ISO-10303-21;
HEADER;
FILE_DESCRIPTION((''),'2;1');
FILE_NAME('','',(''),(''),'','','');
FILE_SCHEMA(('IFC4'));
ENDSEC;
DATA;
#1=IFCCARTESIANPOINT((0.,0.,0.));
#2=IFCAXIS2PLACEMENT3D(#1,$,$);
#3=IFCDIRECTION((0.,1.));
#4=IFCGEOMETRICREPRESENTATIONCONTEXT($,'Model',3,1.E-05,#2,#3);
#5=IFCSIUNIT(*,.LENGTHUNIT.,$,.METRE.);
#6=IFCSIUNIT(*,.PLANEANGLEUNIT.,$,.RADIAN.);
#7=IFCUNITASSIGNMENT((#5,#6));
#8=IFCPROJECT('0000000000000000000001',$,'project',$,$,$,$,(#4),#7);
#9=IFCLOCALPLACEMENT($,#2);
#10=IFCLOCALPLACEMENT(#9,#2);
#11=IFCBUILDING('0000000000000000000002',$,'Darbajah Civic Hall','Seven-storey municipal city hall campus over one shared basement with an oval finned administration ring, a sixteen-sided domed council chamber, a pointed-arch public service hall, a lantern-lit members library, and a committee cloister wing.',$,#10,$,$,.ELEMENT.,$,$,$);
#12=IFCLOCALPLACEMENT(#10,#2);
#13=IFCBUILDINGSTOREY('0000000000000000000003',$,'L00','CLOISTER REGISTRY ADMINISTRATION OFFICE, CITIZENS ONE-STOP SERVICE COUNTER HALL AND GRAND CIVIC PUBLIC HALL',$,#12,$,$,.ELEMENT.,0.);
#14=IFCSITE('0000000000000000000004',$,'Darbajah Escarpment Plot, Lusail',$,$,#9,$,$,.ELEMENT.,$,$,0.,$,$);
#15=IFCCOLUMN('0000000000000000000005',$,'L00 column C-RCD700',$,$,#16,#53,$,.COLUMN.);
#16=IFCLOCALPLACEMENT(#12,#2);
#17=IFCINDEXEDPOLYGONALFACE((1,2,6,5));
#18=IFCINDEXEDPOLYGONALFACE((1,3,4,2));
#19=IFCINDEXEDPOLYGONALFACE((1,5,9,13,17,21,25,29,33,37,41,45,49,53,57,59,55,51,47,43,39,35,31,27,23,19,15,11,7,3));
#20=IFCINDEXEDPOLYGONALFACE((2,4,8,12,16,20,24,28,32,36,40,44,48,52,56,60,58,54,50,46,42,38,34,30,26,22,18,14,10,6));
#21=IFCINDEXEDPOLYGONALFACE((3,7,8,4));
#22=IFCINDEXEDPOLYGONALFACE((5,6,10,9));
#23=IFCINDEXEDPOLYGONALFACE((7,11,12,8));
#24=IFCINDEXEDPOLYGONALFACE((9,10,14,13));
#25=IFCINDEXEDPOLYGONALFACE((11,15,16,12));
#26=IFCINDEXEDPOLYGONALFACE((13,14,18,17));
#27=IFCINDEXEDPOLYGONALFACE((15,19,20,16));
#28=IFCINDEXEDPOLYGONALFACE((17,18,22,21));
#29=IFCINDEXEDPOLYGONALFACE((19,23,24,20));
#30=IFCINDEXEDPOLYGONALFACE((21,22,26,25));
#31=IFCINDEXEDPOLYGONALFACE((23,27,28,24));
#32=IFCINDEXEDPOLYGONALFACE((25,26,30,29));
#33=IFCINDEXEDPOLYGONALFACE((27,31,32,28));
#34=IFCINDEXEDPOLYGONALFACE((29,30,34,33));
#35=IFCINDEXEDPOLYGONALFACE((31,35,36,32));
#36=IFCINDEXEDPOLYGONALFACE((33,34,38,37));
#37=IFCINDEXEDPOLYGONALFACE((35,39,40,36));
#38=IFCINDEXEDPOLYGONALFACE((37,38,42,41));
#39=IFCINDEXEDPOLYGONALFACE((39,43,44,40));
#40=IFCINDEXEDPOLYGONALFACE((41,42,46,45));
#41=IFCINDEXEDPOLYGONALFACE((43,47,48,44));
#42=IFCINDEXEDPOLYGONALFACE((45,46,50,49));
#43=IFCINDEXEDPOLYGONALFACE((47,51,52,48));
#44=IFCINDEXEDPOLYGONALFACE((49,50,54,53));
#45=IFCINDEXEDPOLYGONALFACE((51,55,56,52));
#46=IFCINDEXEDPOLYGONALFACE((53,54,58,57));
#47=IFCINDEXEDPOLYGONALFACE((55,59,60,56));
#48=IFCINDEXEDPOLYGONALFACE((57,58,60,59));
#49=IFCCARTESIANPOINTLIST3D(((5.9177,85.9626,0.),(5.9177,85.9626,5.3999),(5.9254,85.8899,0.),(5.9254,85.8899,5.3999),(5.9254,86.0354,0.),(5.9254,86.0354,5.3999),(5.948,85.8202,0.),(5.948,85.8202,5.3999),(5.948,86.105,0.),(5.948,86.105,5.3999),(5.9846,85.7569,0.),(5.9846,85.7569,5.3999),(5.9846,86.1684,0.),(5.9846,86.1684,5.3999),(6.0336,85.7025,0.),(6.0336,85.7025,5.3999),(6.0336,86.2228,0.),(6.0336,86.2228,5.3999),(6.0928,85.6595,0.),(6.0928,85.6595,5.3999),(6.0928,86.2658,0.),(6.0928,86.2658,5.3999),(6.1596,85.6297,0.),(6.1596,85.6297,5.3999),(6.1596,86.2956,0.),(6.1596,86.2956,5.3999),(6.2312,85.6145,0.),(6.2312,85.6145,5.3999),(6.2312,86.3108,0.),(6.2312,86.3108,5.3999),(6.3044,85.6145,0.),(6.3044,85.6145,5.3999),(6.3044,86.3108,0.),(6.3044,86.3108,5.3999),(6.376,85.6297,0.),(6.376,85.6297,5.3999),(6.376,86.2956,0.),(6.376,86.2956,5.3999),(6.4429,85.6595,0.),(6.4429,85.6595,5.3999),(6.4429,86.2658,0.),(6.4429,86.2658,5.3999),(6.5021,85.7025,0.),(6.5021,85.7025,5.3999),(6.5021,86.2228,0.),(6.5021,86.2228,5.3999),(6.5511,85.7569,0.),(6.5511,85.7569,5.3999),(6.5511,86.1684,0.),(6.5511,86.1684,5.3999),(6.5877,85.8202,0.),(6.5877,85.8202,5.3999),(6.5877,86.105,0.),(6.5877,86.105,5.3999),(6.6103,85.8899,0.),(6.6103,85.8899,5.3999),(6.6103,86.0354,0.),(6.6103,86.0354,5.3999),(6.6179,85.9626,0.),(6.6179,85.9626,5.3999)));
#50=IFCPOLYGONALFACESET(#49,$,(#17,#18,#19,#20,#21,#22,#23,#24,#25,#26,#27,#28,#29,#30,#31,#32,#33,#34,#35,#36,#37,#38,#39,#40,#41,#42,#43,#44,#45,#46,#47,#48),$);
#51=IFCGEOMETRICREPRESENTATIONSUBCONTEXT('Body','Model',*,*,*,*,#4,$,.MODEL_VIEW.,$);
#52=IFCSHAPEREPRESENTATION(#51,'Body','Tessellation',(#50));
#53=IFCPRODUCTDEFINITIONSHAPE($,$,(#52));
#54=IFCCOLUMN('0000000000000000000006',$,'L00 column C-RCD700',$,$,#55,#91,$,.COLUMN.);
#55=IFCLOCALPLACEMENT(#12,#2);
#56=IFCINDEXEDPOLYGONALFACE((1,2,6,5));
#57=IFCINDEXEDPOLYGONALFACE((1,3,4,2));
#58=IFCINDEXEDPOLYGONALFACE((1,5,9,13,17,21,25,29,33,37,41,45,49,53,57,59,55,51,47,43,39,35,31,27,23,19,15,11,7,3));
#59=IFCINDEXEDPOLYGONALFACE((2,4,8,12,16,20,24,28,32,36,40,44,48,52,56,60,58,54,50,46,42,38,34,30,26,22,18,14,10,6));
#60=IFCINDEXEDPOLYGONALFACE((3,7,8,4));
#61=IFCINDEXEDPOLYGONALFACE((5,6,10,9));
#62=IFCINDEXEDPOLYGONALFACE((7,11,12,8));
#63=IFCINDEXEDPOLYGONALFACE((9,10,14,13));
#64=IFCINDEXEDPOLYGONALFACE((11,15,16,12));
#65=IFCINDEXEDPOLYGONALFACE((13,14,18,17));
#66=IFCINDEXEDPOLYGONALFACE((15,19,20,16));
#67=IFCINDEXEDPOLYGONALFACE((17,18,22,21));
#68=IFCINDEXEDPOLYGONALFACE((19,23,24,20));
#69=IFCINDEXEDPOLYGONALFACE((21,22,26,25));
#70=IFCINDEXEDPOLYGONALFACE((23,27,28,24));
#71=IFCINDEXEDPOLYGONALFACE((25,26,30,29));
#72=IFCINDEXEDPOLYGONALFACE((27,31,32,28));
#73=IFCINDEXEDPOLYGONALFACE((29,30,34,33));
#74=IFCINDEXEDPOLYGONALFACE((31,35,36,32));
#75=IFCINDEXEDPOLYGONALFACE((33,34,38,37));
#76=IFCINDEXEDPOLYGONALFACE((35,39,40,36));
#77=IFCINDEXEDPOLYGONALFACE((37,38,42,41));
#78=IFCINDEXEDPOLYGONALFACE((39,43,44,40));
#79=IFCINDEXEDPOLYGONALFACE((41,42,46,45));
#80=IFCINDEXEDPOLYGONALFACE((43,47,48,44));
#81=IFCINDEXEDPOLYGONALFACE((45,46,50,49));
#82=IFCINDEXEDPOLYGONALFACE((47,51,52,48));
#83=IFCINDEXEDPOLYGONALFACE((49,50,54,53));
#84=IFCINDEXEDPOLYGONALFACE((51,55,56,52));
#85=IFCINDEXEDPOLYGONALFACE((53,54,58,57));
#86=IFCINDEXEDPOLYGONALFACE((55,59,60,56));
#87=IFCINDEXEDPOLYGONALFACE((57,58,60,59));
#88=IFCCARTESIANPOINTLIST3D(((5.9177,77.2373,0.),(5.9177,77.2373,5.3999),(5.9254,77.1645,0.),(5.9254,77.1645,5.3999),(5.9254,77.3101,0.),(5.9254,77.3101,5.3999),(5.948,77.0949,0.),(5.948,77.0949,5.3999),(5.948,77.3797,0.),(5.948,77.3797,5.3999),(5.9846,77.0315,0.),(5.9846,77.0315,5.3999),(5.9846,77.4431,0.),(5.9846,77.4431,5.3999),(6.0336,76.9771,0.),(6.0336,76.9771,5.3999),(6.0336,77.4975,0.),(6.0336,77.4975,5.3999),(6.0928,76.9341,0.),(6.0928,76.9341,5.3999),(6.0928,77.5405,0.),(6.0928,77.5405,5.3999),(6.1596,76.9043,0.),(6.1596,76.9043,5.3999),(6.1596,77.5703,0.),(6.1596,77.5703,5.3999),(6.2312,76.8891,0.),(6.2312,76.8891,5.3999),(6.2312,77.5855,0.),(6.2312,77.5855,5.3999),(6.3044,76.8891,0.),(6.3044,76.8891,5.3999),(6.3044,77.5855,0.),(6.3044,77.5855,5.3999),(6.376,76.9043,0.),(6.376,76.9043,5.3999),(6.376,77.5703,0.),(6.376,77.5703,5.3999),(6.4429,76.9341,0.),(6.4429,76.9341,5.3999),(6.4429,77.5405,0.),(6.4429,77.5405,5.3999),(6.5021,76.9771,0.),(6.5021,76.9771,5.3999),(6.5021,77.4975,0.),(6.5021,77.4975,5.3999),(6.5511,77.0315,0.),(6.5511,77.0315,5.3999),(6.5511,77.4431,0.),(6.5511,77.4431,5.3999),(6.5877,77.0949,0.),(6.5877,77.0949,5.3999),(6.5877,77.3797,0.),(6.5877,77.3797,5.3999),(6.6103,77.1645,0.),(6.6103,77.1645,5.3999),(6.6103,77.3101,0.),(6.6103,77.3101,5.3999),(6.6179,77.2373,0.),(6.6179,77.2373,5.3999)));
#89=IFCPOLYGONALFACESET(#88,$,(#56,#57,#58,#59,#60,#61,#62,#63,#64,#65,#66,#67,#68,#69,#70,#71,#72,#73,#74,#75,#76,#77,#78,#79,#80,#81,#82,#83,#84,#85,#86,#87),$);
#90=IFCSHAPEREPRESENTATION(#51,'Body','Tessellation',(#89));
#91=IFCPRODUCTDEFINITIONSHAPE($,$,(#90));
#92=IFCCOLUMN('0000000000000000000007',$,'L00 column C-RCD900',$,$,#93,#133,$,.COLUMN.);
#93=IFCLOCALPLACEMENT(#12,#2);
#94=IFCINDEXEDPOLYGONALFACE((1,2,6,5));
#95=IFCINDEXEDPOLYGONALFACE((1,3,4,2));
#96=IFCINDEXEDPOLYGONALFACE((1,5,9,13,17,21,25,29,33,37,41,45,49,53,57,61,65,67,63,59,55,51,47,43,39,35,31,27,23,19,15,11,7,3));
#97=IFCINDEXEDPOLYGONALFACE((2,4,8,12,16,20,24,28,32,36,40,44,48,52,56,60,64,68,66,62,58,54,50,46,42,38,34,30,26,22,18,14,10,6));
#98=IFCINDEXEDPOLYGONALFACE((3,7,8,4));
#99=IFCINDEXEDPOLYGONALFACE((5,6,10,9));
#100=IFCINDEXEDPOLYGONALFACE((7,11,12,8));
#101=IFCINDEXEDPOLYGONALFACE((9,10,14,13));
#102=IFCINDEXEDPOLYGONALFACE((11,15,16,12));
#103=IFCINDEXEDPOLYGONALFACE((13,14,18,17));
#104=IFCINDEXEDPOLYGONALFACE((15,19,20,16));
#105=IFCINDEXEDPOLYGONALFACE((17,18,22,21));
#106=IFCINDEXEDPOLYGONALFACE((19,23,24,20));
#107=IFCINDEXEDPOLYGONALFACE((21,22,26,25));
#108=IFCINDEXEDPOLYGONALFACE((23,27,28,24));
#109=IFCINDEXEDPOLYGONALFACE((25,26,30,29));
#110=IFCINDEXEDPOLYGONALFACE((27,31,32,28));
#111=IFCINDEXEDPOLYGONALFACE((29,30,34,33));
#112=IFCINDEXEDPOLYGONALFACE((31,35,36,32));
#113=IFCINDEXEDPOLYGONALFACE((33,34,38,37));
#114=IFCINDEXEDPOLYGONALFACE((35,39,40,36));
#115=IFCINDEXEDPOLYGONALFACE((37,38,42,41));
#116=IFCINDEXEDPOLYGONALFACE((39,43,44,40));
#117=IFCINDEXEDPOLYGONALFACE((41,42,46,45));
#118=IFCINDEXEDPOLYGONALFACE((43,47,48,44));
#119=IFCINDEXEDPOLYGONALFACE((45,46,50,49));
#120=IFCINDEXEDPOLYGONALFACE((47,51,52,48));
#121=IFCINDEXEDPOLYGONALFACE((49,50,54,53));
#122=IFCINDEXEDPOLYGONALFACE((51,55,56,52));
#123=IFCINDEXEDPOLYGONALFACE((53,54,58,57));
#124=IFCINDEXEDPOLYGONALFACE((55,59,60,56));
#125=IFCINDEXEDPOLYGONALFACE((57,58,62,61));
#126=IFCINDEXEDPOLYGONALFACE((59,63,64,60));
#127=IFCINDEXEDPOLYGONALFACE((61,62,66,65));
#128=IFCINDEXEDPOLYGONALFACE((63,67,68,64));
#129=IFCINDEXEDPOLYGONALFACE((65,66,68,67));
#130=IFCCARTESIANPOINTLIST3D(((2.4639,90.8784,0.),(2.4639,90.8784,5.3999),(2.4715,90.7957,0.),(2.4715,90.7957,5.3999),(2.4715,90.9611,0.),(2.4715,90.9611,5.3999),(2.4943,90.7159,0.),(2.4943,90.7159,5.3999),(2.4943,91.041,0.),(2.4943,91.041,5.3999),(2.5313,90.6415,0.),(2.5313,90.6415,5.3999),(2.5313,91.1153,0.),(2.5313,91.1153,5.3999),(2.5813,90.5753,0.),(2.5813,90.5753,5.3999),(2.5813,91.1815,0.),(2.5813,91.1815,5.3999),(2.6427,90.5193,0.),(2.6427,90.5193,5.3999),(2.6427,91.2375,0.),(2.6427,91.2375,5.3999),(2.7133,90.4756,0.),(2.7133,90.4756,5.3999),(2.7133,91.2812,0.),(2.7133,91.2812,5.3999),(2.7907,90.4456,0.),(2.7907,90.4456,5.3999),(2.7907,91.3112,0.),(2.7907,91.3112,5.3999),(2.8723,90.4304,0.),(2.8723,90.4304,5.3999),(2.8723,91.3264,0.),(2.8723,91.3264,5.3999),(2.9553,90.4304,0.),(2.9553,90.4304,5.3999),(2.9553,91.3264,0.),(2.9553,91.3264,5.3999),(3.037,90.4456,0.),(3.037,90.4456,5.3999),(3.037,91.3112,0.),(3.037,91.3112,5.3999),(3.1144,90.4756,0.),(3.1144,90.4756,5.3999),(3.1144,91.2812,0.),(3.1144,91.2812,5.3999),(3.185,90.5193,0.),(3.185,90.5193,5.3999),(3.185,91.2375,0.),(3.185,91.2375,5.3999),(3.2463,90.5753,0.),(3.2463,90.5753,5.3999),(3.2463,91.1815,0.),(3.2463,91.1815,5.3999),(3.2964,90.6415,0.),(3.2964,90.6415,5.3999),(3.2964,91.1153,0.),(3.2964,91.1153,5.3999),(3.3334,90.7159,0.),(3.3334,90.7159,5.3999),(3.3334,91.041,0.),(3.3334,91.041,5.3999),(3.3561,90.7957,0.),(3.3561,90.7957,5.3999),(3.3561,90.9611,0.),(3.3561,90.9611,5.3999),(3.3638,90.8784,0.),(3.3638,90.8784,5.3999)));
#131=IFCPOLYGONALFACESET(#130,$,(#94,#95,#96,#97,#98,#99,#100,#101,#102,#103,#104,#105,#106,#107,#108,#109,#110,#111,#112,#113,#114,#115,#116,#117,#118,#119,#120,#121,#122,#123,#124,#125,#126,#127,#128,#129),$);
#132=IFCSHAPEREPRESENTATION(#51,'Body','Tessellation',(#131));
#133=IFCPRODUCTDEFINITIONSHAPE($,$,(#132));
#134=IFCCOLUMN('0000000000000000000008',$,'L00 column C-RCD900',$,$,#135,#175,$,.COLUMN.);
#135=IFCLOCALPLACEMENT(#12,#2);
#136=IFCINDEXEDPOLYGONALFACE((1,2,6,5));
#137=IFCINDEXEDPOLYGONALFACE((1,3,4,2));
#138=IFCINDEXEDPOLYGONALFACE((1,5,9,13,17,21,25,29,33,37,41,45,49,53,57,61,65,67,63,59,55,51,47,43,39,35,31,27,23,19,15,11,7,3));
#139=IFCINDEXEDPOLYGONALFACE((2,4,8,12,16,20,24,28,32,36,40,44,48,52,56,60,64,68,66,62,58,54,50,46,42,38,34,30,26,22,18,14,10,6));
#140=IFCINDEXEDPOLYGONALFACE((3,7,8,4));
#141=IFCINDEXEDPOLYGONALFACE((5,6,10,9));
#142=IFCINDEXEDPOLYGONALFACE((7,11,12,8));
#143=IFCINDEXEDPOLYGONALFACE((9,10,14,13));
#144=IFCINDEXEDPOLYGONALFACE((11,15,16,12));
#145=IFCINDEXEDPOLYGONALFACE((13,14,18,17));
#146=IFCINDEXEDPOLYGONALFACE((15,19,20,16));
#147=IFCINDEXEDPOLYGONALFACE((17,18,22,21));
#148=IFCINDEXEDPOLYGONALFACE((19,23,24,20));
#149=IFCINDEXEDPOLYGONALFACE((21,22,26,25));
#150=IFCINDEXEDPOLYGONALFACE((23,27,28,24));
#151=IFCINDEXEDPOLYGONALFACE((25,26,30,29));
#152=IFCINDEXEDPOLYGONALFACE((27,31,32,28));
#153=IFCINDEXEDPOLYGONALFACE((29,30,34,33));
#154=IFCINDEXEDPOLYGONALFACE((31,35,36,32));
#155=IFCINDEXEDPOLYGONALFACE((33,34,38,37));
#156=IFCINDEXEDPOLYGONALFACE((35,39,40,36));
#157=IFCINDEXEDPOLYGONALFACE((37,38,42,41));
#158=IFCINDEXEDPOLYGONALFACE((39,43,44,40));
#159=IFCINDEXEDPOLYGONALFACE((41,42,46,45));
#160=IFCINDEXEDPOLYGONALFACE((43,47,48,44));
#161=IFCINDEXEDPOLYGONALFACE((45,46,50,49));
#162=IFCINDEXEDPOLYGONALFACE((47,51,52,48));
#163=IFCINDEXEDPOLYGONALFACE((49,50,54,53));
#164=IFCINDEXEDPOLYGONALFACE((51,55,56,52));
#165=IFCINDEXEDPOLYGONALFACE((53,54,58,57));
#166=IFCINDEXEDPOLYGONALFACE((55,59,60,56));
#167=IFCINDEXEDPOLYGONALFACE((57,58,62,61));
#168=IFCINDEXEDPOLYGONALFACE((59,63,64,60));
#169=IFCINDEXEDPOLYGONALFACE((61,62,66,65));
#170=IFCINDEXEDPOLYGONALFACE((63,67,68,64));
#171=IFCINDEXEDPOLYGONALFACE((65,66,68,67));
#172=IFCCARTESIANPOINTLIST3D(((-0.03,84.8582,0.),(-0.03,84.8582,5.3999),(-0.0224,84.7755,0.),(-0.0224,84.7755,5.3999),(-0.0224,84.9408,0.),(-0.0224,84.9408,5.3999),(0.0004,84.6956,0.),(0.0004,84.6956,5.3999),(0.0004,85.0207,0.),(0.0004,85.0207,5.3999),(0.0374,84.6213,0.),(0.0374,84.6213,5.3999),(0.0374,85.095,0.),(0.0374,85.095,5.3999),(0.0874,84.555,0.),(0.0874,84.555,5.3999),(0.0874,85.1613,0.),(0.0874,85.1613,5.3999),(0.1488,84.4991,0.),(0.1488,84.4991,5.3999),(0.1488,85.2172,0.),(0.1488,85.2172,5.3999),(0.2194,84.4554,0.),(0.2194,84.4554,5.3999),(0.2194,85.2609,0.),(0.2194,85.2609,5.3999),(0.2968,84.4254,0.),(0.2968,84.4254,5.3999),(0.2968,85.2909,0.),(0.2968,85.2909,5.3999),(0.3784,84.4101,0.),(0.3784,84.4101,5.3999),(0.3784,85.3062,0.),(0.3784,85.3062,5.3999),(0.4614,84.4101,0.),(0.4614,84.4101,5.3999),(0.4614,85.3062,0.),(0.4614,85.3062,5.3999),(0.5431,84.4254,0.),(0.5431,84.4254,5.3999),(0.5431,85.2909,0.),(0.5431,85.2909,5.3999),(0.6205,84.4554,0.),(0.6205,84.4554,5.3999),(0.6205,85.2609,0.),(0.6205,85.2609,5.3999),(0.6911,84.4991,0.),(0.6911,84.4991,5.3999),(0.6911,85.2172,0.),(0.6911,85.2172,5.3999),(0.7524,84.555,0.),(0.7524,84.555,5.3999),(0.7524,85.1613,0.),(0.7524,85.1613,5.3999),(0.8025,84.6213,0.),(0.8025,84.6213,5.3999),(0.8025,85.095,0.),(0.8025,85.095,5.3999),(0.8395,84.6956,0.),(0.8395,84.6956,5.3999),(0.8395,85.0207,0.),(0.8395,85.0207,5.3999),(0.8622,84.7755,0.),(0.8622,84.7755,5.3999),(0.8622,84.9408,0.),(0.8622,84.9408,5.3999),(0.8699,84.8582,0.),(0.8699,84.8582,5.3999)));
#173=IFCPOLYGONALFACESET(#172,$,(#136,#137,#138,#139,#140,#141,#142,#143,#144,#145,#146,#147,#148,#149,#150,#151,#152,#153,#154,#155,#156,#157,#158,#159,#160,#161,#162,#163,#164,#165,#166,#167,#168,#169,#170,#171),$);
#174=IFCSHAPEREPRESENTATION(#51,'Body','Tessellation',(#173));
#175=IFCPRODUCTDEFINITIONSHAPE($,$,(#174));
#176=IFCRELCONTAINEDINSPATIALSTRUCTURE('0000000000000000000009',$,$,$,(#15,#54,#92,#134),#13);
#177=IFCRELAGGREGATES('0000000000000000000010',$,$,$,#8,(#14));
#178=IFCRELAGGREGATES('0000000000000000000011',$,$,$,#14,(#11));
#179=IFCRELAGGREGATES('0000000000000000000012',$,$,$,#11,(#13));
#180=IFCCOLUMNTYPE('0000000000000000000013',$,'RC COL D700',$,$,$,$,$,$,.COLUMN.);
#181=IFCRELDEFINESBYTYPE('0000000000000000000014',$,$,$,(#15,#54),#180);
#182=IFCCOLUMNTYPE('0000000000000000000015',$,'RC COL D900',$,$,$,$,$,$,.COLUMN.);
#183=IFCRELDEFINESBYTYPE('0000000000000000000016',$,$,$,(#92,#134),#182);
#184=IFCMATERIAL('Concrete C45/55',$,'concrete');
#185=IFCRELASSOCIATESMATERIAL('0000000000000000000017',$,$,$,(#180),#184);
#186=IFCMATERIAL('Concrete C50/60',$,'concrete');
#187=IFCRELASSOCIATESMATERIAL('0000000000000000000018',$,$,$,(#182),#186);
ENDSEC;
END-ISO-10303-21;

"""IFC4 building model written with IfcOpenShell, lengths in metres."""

from ifc_helpers import new_model, si_unit, direction, frame, origin, origin_2d, place, context, subcontext, project, spatial, circle, extrude, material, material_profile, profile_set, type_object, element, save


model = new_model("IFC4")

# Units and contexts
model_context = context("Model", 3, precision=1e-05, world=origin(), true_north=direction((0.0, 1.0)))
body_context = subcontext(model_context, "Body", "Model", "MODEL_VIEW")
ifc_project = project(units=[si_unit("LENGTHUNIT", "METRE"), si_unit("PLANEANGLEUNIT", "RADIAN")], contexts=[model_context])

# Site, building, storey
site_placement = place(None, origin())
site = spatial("IfcSite", under=ifc_project, at=site_placement, Name="Darbajah Escarpment Plot, Lusail", CompositionType="ELEMENT", RefElevation=0.0)
building_placement = place(site_placement, origin())
building = spatial("IfcBuilding", under=site, at=building_placement, Name="Darbajah Civic Hall", Description="Seven-storey municipal city hall campus over one shared basement with an oval finned administration ring, a sixteen-sided domed council chamber, a pointed-arch public service hall, a lantern-lit members library, and a committee cloister wing.", CompositionType="ELEMENT")
storey_placement = place(building_placement, origin())
storey = spatial("IfcBuildingStorey", under=building, at=storey_placement, Name="L00", Description="CLOISTER REGISTRY ADMINISTRATION OFFICE, CITIZENS ONE-STOP SERVICE COUNTER HALL AND GRAND CIVIC PUBLIC HALL", CompositionType="ELEMENT", Elevation=0.0)

# Columns
ifc_material_1 = material(Name="Concrete C45/55", Category="concrete")
ifc_material_profile_1 = material_profile(ifc_material_1, circle(Radius=0.3501, at=origin_2d()), Name="RC COL D700")
ifc_profile_set_1 = profile_set([ifc_material_profile_1], Name="Concrete C45/55")
column_type_1 = type_object("IfcColumnType", Name="RC COL D700", PredefinedType="COLUMN", material=ifc_profile_set_1)
for number, where, z_axis, x_axis, name in (
    (1, (6.2678, 85.9626, 0.0), (0.0, 0.0, 1.0), (1.0, 0.0, 0.0), "L00 column C-RCD700"),
    (2, (6.2678, 77.2373, 0.0), (0.0, 0.0, 1.0), (1.0, 0.0, 0.0), "L00 column C-RCD700"),
):
    element("IfcColumn", number, at=place(storey_placement, frame(where, z_axis=z_axis, x_axis=x_axis)), inside=storey, type_object=column_type_1, Name=name, PredefinedType="COLUMN", context=body_context, shape_type="SweptSolid", body=[
        extrude(circle(Radius=0.3501, at=origin_2d()), origin(), (0.0, 0.0, 1.0), 5.3999),
    ])
ifc_material_2 = material(Name="Concrete C50/60", Category="concrete")
ifc_material_profile_2 = material_profile(ifc_material_2, circle(Radius=0.45, at=origin_2d()), Name="RC COL D900")
ifc_profile_set_2 = profile_set([ifc_material_profile_2], Name="Concrete C50/60")
column_type_2 = type_object("IfcColumnType", Name="RC COL D900", PredefinedType="COLUMN", material=ifc_profile_set_2)
for number, where, z_axis, x_axis, name in (
    (3, (2.9138, 90.8784, 0.0), (0.0, 0.0, 1.0), (1.0, 0.0, 0.0), "L00 column C-RCD900"),
    (4, (0.4199, 84.8582, 0.0), (0.0, 0.0, 1.0), (1.0, 0.0, 0.0), "L00 column C-RCD900"),
):
    element("IfcColumn", number, at=place(storey_placement, frame(where, z_axis=z_axis, x_axis=x_axis)), inside=storey, type_object=column_type_2, Name=name, PredefinedType="COLUMN", context=body_context, shape_type="SweptSolid", body=[
        extrude(circle(Radius=0.45, at=origin_2d()), origin(), (0.0, 0.0, 1.0), 5.3999),
    ])

save(model, "model.ifc")
